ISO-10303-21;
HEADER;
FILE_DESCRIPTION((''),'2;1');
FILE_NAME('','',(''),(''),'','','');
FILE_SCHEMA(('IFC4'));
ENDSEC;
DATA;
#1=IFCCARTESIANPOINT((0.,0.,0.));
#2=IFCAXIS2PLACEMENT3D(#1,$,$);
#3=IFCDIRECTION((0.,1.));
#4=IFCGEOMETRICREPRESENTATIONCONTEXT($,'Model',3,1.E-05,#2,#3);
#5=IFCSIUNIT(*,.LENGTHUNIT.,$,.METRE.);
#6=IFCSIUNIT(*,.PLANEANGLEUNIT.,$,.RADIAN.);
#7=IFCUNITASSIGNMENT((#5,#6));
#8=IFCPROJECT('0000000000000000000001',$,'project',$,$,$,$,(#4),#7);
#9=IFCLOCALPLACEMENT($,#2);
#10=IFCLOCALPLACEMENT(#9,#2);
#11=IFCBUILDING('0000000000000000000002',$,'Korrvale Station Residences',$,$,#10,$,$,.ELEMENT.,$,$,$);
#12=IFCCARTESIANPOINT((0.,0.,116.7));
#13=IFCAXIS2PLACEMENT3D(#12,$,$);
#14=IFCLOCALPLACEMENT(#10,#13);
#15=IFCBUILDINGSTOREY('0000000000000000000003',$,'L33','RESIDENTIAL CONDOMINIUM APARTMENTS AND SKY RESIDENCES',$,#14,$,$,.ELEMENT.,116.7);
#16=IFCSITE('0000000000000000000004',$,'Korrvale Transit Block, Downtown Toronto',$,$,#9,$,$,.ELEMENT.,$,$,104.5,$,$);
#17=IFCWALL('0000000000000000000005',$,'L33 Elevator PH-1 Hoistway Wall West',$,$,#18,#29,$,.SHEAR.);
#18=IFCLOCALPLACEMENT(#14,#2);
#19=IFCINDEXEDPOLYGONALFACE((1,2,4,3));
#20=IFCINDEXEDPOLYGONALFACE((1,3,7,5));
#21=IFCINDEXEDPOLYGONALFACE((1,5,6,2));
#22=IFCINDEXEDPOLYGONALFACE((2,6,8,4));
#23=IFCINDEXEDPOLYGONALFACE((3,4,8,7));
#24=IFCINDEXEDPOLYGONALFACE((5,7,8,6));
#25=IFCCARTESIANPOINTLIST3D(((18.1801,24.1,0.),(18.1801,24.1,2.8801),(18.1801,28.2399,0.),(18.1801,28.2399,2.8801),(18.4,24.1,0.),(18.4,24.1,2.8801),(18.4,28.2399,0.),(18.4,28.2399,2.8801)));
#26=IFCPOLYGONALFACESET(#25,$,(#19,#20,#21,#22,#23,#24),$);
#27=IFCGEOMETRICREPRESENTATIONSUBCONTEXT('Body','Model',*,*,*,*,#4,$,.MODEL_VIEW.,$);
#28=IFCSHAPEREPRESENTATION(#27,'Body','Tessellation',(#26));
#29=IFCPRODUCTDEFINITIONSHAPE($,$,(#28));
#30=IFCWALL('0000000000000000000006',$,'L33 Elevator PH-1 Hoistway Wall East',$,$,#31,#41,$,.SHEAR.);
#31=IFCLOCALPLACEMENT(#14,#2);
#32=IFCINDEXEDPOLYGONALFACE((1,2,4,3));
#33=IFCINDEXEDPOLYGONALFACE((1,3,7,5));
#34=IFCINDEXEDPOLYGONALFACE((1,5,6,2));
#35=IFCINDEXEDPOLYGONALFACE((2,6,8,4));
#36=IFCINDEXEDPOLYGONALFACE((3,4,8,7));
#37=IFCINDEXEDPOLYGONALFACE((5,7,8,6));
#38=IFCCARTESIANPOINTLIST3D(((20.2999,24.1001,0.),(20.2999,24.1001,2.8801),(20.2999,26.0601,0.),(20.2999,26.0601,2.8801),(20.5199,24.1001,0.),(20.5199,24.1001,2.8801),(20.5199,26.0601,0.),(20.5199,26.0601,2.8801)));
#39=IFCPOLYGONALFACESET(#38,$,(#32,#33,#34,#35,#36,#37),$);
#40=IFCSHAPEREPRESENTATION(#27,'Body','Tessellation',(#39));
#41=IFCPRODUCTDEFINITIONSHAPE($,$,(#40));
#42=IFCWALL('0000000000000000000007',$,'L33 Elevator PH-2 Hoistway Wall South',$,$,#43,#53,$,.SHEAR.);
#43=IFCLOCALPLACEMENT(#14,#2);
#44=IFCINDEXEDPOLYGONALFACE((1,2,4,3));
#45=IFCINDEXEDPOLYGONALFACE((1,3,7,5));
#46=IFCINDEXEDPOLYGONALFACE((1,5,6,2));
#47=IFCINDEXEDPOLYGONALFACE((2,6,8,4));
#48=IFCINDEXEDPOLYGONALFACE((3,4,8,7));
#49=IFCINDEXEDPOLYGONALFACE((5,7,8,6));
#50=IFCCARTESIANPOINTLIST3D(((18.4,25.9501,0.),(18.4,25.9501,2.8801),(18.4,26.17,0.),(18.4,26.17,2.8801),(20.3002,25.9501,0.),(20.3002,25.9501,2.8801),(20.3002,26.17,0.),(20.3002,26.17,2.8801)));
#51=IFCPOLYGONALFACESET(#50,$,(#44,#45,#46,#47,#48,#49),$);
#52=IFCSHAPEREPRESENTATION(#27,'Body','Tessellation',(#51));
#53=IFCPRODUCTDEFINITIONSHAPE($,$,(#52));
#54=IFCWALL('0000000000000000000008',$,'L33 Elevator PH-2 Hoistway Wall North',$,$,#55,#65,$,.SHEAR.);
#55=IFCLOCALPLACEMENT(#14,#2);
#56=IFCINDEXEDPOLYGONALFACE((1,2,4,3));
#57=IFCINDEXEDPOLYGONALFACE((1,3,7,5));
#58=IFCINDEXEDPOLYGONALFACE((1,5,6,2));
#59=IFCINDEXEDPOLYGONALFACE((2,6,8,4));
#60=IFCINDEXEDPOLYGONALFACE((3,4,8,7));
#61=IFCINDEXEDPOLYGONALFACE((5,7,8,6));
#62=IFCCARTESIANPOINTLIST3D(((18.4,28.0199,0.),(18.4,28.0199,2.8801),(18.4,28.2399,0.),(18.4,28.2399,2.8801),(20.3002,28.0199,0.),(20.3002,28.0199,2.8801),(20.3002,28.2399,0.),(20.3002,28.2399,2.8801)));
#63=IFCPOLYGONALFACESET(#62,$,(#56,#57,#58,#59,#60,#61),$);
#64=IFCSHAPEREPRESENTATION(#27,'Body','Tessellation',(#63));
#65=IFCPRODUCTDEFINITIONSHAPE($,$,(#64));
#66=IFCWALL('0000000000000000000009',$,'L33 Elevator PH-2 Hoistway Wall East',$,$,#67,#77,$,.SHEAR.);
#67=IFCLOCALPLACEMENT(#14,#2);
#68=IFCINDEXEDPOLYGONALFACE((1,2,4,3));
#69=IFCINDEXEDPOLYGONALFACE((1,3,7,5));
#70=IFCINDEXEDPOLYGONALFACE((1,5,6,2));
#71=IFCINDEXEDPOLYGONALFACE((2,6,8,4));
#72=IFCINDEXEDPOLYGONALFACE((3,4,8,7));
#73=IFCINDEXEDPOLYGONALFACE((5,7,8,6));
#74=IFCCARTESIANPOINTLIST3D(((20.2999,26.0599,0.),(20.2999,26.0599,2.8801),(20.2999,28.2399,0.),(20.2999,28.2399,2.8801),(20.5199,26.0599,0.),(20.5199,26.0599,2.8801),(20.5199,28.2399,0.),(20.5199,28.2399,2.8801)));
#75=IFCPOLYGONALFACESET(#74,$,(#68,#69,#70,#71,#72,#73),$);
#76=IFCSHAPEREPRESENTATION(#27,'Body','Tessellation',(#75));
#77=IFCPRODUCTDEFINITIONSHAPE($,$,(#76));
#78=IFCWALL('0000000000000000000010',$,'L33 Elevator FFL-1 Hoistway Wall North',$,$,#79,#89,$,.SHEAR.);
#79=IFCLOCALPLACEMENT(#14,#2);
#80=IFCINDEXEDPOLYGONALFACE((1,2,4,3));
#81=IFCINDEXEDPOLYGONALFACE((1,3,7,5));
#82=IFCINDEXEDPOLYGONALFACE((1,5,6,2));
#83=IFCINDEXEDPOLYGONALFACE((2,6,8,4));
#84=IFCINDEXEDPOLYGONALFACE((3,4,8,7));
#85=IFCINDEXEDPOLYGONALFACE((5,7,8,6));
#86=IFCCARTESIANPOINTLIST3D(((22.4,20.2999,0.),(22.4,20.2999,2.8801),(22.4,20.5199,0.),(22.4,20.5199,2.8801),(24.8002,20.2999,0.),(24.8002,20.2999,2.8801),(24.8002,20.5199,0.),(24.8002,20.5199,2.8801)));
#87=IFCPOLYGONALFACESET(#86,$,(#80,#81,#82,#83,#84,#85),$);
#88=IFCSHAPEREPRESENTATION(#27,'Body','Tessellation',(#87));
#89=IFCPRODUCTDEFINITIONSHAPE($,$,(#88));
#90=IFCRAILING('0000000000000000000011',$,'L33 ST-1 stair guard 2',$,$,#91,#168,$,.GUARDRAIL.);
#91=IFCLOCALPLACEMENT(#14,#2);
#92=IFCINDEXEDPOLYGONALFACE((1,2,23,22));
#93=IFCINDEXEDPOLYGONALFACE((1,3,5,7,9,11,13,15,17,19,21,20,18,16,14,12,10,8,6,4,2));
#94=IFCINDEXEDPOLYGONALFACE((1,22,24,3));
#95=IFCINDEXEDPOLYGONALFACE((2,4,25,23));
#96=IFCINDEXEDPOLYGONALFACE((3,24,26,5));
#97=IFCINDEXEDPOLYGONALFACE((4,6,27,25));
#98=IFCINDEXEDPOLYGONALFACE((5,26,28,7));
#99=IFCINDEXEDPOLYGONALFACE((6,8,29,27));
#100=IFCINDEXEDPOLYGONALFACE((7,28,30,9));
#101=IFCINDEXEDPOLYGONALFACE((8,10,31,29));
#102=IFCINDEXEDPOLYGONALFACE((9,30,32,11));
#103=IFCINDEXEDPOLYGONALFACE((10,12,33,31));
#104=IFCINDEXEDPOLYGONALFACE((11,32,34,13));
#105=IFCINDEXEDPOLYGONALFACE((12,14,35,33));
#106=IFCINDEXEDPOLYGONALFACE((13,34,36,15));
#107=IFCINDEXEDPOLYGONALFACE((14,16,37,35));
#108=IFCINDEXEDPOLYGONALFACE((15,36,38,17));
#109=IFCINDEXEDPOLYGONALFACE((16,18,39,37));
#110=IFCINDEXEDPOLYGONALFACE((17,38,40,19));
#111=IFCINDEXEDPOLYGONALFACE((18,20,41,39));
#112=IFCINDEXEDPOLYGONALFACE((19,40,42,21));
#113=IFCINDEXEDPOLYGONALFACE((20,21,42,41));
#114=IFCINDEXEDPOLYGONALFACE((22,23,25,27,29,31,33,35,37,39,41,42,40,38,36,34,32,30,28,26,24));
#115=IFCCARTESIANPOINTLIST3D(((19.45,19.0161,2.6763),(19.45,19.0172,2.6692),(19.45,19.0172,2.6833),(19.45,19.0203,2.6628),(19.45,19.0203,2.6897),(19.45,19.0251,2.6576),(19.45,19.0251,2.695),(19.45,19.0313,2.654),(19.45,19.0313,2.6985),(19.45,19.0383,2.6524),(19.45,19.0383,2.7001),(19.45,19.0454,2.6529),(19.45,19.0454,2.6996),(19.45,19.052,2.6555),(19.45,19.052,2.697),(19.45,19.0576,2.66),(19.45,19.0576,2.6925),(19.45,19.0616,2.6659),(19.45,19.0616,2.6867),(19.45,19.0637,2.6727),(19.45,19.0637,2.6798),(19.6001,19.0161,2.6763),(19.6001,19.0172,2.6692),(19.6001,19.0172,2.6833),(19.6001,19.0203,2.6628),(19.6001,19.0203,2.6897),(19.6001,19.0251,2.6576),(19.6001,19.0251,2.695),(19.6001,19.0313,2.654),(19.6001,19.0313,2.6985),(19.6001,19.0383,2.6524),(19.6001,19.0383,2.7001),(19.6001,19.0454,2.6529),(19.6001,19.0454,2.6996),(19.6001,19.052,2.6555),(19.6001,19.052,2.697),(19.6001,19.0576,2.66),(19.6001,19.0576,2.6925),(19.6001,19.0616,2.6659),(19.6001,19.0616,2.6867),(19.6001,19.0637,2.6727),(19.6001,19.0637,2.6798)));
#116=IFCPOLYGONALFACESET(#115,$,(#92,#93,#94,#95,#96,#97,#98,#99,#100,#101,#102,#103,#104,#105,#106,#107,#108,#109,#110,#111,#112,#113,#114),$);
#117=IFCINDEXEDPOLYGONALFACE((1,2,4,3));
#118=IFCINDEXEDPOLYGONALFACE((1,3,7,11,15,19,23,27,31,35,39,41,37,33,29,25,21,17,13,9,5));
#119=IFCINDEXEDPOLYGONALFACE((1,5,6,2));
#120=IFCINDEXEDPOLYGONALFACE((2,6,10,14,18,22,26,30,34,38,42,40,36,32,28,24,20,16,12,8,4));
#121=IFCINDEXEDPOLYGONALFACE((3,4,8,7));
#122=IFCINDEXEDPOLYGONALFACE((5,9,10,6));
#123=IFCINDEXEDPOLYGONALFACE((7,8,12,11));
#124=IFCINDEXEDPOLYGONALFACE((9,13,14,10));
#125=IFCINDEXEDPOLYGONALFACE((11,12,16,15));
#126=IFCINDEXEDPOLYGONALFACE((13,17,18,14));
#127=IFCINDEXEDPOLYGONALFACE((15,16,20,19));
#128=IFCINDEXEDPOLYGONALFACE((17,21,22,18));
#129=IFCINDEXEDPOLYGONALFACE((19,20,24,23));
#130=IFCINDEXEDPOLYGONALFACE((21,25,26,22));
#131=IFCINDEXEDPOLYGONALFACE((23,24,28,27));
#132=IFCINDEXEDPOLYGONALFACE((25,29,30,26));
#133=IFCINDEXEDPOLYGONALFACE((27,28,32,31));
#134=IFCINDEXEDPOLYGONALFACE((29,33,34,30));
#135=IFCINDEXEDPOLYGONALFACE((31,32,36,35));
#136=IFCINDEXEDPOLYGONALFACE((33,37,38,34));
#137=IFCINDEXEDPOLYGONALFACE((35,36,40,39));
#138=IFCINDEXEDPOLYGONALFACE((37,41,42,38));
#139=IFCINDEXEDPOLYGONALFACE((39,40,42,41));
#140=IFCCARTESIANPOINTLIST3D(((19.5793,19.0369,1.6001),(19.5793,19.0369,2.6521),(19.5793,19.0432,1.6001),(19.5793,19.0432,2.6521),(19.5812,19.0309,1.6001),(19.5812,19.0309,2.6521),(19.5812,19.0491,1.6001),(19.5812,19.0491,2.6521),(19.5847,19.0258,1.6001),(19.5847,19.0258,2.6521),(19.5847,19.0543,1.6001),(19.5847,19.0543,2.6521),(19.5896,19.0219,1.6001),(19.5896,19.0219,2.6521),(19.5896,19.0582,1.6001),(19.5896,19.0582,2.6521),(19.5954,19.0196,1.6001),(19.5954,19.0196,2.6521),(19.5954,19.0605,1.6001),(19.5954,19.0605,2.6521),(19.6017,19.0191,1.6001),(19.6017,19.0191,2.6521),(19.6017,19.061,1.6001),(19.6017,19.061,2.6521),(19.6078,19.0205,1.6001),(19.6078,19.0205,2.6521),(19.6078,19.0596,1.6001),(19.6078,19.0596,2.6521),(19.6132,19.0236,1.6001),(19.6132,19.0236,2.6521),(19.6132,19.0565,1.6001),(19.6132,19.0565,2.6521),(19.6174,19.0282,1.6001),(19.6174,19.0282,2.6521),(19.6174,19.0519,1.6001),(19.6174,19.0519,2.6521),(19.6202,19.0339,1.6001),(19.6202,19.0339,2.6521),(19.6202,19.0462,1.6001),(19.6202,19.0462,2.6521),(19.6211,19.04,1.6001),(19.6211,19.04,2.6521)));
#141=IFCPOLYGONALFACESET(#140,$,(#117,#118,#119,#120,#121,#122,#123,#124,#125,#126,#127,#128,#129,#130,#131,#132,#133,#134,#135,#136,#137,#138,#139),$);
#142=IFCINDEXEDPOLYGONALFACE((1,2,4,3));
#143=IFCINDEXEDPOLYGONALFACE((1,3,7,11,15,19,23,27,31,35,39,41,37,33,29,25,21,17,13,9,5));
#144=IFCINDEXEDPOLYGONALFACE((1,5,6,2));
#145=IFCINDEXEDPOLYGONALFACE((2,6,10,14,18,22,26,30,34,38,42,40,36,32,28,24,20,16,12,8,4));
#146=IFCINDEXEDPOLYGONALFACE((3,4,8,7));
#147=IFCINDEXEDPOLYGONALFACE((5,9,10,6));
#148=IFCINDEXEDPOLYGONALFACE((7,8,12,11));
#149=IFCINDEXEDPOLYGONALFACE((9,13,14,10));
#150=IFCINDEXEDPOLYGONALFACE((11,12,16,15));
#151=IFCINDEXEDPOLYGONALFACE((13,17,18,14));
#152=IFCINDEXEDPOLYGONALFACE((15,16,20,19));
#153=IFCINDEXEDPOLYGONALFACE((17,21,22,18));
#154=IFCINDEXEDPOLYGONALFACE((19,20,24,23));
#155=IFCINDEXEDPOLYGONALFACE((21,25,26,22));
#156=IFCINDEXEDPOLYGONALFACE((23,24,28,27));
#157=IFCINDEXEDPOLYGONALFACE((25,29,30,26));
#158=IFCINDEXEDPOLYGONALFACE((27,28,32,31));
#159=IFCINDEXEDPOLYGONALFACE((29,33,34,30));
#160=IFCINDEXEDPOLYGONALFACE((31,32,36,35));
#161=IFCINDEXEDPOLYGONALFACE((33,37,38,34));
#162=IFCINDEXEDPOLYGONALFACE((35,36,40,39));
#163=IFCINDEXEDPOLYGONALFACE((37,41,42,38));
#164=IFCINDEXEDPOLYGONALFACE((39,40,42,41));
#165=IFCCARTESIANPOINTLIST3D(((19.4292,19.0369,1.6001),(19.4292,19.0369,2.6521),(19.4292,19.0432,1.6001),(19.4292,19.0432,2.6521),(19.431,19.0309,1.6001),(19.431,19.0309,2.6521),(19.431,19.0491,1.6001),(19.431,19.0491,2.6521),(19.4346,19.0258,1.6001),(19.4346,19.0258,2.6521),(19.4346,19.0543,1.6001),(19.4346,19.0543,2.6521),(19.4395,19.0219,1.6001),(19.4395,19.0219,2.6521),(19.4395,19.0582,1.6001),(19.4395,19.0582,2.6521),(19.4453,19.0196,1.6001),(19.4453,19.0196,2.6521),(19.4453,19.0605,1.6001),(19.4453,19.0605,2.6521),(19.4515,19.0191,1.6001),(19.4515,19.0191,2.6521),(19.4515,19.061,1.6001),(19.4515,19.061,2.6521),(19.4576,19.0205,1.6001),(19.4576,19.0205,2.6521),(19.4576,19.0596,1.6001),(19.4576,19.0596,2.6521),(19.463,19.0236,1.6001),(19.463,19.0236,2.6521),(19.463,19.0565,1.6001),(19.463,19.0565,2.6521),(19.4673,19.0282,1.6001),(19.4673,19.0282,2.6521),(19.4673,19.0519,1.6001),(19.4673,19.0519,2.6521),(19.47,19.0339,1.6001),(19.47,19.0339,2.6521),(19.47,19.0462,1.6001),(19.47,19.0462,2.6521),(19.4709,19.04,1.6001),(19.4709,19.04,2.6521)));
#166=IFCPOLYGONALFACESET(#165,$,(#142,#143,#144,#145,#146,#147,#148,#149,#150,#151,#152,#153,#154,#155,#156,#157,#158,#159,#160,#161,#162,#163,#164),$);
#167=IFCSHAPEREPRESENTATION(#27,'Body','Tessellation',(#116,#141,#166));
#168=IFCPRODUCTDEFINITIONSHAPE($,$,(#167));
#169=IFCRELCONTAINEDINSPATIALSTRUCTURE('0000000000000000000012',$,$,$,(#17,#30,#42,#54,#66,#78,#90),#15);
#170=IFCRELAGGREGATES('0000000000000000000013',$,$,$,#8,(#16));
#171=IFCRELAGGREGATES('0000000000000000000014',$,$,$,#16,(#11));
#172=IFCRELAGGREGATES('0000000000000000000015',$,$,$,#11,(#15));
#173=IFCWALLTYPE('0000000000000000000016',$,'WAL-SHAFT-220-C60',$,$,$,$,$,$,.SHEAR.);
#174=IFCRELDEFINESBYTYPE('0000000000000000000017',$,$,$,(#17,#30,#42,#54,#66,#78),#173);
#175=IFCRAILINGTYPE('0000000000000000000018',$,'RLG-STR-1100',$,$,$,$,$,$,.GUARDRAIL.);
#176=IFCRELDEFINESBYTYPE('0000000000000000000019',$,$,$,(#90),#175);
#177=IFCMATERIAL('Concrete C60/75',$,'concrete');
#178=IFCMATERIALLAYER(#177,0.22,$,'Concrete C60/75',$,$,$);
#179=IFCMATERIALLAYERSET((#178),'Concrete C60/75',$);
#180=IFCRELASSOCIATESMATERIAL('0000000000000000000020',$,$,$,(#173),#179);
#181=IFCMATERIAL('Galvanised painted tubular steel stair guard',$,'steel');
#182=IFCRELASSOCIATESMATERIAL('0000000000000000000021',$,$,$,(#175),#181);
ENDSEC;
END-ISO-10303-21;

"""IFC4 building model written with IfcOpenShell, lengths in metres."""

from ifc_helpers import new_model, si_unit, direction, frame, frame_2d, origin, origin_2d, place, context, subcontext, project, spatial, rectangle, circle, extrude, material, layer, layer_set, type_object, element, save


model = new_model("IFC4")

# Units and contexts
model_context = context("Model", 3, precision=1e-05, world=origin(), true_north=direction((0.0, 1.0)))
body_context = subcontext(model_context, "Body", "Model", "MODEL_VIEW")
ifc_project = project(units=[si_unit("LENGTHUNIT", "METRE"), si_unit("PLANEANGLEUNIT", "RADIAN")], contexts=[model_context])

# Site, building, storey
site_placement = place(None, origin())
site = spatial("IfcSite", under=ifc_project, at=site_placement, Name="Korrvale Transit Block, Downtown Toronto", CompositionType="ELEMENT", RefElevation=104.5)
building_placement = place(site_placement, origin())
building = spatial("IfcBuilding", under=site, at=building_placement, Name="Korrvale Station Residences", CompositionType="ELEMENT")
storey_placement = place(building_placement, frame((0.0, 0.0, 116.7)))
storey = spatial("IfcBuildingStorey", under=building, at=storey_placement, Name="L33", Description="RESIDENTIAL CONDOMINIUM APARTMENTS AND SKY RESIDENCES", CompositionType="ELEMENT", Elevation=116.7)

# Shared definitions
ifc_material_1 = material(Name="Concrete C60/75", Category="concrete")

# Shared definitions
ifc_layer_1 = layer(ifc_material_1, 0.22, Name="Concrete C60/75")
ifc_layer_set_1 = layer_set([ifc_layer_1], Name="Concrete C60/75")
wall_type_1 = type_object("IfcWallType", Name="WAL-SHAFT-220-C60", PredefinedType="SHEAR", material=ifc_layer_set_1)

# Walls
wall_1_placement = place(storey_placement, frame((18.29, 24.1001, 0.0), z_axis=(0.0, 0.0, 1.0), x_axis=(0.0, 1.0, 0.0)))
element("IfcWall", 1, at=wall_1_placement, inside=storey, type_object=wall_type_1, Name="L33 Elevator PH-1 Hoistway Wall West", PredefinedType="SHEAR", context=body_context, shape_type="SweptSolid", body=[
    extrude(rectangle(XDim=4.1399, YDim=0.22, at=frame_2d((2.0698, 0.0))), origin(), (0.0, 0.0, 1.0), 2.8801),
])
wall_2_placement = place(storey_placement, frame((20.4099, 24.1001, 0.0), z_axis=(0.0, 0.0, 1.0), x_axis=(0.0, 1.0, 0.0)))
element("IfcWall", 2, at=wall_2_placement, inside=storey, type_object=wall_type_1, Name="L33 Elevator PH-1 Hoistway Wall East", PredefinedType="SHEAR", context=body_context, shape_type="SweptSolid", body=[
    extrude(rectangle(XDim=1.96, YDim=0.22, at=frame_2d((0.98, 0.0))), origin(), (0.0, 0.0, 1.0), 2.8801),
])
for number, where, z_axis, x_axis, name in (
    (3, (18.3999, 26.0601, 0.0), (0.0, 0.0, 1.0), (1.0, 0.0, 0.0), "L33 Elevator PH-2 Hoistway Wall South"),
    (4, (18.3999, 28.1299, 0.0), (0.0, 0.0, 1.0), (1.0, 0.0, 0.0), "L33 Elevator PH-2 Hoistway Wall North"),
):
    element("IfcWall", number, at=place(storey_placement, frame(where, z_axis=z_axis, x_axis=x_axis)), inside=storey, type_object=wall_type_1, Name=name, PredefinedType="SHEAR", context=body_context, shape_type="SweptSolid", body=[
        extrude(rectangle(XDim=1.9001, YDim=0.22, at=frame_2d((0.9502, 0.0))), origin(), (0.0, 0.0, 1.0), 2.8801),
    ])
wall_3_placement = place(storey_placement, frame((20.4099, 26.0601, 0.0), z_axis=(0.0, 0.0, 1.0), x_axis=(0.0, 1.0, 0.0)))
element("IfcWall", 5, at=wall_3_placement, inside=storey, type_object=wall_type_1, Name="L33 Elevator PH-2 Hoistway Wall East", PredefinedType="SHEAR", context=body_context, shape_type="SweptSolid", body=[
    extrude(rectangle(XDim=2.1799, YDim=0.22, at=frame_2d((1.0898, 0.0))), origin(), (0.0, 0.0, 1.0), 2.8801),
])
wall_4_placement = place(storey_placement, frame((22.3999, 20.4099, 0.0), z_axis=(0.0, 0.0, 1.0), x_axis=(1.0, 0.0, 0.0)))
element("IfcWall", 6, at=wall_4_placement, inside=storey, type_object=wall_type_1, Name="L33 Elevator FFL-1 Hoistway Wall North", PredefinedType="SHEAR", context=body_context, shape_type="SweptSolid", body=[
    extrude(rectangle(XDim=2.4001, YDim=0.22, at=frame_2d((1.2002, 0.0))), origin(), (0.0, 0.0, 1.0), 2.8801),
])

# Railing
ifc_material_2 = material(Name="Galvanised painted tubular steel stair guard", Category="steel")
railing_type = type_object("IfcRailingType", Name="RLG-STR-1100", PredefinedType="GUARDRAIL", material=ifc_material_2)
railing_1_placement = place(storey_placement, frame((19.6001, 19.04, 1.6001)))
element("IfcRailing", 7, at=railing_1_placement, inside=storey, type_object=railing_type, Name="L33 ST-1 stair guard 2", PredefinedType="GUARDRAIL", context=body_context, shape_type="SweptSolid", body=[
    extrude(circle(Radius=0.0239, at=origin_2d()), frame((0.0, 0.0, 1.0762), z_axis=(-1.0, 0.0, 0.0), x_axis=(0.0, -1.0, 0.0)), (0.0, 0.0, 1.0), 0.1501),
    extrude(circle(Radius=0.021, at=origin_2d()), origin(), (0.0, 0.0, 1.0), 1.052),
    extrude(circle(Radius=0.021, at=origin_2d()), frame((-0.1501, 0.0, 0.0)), (0.0, 0.0, 1.0), 1.052),
])

save(model, "model.ifc")
